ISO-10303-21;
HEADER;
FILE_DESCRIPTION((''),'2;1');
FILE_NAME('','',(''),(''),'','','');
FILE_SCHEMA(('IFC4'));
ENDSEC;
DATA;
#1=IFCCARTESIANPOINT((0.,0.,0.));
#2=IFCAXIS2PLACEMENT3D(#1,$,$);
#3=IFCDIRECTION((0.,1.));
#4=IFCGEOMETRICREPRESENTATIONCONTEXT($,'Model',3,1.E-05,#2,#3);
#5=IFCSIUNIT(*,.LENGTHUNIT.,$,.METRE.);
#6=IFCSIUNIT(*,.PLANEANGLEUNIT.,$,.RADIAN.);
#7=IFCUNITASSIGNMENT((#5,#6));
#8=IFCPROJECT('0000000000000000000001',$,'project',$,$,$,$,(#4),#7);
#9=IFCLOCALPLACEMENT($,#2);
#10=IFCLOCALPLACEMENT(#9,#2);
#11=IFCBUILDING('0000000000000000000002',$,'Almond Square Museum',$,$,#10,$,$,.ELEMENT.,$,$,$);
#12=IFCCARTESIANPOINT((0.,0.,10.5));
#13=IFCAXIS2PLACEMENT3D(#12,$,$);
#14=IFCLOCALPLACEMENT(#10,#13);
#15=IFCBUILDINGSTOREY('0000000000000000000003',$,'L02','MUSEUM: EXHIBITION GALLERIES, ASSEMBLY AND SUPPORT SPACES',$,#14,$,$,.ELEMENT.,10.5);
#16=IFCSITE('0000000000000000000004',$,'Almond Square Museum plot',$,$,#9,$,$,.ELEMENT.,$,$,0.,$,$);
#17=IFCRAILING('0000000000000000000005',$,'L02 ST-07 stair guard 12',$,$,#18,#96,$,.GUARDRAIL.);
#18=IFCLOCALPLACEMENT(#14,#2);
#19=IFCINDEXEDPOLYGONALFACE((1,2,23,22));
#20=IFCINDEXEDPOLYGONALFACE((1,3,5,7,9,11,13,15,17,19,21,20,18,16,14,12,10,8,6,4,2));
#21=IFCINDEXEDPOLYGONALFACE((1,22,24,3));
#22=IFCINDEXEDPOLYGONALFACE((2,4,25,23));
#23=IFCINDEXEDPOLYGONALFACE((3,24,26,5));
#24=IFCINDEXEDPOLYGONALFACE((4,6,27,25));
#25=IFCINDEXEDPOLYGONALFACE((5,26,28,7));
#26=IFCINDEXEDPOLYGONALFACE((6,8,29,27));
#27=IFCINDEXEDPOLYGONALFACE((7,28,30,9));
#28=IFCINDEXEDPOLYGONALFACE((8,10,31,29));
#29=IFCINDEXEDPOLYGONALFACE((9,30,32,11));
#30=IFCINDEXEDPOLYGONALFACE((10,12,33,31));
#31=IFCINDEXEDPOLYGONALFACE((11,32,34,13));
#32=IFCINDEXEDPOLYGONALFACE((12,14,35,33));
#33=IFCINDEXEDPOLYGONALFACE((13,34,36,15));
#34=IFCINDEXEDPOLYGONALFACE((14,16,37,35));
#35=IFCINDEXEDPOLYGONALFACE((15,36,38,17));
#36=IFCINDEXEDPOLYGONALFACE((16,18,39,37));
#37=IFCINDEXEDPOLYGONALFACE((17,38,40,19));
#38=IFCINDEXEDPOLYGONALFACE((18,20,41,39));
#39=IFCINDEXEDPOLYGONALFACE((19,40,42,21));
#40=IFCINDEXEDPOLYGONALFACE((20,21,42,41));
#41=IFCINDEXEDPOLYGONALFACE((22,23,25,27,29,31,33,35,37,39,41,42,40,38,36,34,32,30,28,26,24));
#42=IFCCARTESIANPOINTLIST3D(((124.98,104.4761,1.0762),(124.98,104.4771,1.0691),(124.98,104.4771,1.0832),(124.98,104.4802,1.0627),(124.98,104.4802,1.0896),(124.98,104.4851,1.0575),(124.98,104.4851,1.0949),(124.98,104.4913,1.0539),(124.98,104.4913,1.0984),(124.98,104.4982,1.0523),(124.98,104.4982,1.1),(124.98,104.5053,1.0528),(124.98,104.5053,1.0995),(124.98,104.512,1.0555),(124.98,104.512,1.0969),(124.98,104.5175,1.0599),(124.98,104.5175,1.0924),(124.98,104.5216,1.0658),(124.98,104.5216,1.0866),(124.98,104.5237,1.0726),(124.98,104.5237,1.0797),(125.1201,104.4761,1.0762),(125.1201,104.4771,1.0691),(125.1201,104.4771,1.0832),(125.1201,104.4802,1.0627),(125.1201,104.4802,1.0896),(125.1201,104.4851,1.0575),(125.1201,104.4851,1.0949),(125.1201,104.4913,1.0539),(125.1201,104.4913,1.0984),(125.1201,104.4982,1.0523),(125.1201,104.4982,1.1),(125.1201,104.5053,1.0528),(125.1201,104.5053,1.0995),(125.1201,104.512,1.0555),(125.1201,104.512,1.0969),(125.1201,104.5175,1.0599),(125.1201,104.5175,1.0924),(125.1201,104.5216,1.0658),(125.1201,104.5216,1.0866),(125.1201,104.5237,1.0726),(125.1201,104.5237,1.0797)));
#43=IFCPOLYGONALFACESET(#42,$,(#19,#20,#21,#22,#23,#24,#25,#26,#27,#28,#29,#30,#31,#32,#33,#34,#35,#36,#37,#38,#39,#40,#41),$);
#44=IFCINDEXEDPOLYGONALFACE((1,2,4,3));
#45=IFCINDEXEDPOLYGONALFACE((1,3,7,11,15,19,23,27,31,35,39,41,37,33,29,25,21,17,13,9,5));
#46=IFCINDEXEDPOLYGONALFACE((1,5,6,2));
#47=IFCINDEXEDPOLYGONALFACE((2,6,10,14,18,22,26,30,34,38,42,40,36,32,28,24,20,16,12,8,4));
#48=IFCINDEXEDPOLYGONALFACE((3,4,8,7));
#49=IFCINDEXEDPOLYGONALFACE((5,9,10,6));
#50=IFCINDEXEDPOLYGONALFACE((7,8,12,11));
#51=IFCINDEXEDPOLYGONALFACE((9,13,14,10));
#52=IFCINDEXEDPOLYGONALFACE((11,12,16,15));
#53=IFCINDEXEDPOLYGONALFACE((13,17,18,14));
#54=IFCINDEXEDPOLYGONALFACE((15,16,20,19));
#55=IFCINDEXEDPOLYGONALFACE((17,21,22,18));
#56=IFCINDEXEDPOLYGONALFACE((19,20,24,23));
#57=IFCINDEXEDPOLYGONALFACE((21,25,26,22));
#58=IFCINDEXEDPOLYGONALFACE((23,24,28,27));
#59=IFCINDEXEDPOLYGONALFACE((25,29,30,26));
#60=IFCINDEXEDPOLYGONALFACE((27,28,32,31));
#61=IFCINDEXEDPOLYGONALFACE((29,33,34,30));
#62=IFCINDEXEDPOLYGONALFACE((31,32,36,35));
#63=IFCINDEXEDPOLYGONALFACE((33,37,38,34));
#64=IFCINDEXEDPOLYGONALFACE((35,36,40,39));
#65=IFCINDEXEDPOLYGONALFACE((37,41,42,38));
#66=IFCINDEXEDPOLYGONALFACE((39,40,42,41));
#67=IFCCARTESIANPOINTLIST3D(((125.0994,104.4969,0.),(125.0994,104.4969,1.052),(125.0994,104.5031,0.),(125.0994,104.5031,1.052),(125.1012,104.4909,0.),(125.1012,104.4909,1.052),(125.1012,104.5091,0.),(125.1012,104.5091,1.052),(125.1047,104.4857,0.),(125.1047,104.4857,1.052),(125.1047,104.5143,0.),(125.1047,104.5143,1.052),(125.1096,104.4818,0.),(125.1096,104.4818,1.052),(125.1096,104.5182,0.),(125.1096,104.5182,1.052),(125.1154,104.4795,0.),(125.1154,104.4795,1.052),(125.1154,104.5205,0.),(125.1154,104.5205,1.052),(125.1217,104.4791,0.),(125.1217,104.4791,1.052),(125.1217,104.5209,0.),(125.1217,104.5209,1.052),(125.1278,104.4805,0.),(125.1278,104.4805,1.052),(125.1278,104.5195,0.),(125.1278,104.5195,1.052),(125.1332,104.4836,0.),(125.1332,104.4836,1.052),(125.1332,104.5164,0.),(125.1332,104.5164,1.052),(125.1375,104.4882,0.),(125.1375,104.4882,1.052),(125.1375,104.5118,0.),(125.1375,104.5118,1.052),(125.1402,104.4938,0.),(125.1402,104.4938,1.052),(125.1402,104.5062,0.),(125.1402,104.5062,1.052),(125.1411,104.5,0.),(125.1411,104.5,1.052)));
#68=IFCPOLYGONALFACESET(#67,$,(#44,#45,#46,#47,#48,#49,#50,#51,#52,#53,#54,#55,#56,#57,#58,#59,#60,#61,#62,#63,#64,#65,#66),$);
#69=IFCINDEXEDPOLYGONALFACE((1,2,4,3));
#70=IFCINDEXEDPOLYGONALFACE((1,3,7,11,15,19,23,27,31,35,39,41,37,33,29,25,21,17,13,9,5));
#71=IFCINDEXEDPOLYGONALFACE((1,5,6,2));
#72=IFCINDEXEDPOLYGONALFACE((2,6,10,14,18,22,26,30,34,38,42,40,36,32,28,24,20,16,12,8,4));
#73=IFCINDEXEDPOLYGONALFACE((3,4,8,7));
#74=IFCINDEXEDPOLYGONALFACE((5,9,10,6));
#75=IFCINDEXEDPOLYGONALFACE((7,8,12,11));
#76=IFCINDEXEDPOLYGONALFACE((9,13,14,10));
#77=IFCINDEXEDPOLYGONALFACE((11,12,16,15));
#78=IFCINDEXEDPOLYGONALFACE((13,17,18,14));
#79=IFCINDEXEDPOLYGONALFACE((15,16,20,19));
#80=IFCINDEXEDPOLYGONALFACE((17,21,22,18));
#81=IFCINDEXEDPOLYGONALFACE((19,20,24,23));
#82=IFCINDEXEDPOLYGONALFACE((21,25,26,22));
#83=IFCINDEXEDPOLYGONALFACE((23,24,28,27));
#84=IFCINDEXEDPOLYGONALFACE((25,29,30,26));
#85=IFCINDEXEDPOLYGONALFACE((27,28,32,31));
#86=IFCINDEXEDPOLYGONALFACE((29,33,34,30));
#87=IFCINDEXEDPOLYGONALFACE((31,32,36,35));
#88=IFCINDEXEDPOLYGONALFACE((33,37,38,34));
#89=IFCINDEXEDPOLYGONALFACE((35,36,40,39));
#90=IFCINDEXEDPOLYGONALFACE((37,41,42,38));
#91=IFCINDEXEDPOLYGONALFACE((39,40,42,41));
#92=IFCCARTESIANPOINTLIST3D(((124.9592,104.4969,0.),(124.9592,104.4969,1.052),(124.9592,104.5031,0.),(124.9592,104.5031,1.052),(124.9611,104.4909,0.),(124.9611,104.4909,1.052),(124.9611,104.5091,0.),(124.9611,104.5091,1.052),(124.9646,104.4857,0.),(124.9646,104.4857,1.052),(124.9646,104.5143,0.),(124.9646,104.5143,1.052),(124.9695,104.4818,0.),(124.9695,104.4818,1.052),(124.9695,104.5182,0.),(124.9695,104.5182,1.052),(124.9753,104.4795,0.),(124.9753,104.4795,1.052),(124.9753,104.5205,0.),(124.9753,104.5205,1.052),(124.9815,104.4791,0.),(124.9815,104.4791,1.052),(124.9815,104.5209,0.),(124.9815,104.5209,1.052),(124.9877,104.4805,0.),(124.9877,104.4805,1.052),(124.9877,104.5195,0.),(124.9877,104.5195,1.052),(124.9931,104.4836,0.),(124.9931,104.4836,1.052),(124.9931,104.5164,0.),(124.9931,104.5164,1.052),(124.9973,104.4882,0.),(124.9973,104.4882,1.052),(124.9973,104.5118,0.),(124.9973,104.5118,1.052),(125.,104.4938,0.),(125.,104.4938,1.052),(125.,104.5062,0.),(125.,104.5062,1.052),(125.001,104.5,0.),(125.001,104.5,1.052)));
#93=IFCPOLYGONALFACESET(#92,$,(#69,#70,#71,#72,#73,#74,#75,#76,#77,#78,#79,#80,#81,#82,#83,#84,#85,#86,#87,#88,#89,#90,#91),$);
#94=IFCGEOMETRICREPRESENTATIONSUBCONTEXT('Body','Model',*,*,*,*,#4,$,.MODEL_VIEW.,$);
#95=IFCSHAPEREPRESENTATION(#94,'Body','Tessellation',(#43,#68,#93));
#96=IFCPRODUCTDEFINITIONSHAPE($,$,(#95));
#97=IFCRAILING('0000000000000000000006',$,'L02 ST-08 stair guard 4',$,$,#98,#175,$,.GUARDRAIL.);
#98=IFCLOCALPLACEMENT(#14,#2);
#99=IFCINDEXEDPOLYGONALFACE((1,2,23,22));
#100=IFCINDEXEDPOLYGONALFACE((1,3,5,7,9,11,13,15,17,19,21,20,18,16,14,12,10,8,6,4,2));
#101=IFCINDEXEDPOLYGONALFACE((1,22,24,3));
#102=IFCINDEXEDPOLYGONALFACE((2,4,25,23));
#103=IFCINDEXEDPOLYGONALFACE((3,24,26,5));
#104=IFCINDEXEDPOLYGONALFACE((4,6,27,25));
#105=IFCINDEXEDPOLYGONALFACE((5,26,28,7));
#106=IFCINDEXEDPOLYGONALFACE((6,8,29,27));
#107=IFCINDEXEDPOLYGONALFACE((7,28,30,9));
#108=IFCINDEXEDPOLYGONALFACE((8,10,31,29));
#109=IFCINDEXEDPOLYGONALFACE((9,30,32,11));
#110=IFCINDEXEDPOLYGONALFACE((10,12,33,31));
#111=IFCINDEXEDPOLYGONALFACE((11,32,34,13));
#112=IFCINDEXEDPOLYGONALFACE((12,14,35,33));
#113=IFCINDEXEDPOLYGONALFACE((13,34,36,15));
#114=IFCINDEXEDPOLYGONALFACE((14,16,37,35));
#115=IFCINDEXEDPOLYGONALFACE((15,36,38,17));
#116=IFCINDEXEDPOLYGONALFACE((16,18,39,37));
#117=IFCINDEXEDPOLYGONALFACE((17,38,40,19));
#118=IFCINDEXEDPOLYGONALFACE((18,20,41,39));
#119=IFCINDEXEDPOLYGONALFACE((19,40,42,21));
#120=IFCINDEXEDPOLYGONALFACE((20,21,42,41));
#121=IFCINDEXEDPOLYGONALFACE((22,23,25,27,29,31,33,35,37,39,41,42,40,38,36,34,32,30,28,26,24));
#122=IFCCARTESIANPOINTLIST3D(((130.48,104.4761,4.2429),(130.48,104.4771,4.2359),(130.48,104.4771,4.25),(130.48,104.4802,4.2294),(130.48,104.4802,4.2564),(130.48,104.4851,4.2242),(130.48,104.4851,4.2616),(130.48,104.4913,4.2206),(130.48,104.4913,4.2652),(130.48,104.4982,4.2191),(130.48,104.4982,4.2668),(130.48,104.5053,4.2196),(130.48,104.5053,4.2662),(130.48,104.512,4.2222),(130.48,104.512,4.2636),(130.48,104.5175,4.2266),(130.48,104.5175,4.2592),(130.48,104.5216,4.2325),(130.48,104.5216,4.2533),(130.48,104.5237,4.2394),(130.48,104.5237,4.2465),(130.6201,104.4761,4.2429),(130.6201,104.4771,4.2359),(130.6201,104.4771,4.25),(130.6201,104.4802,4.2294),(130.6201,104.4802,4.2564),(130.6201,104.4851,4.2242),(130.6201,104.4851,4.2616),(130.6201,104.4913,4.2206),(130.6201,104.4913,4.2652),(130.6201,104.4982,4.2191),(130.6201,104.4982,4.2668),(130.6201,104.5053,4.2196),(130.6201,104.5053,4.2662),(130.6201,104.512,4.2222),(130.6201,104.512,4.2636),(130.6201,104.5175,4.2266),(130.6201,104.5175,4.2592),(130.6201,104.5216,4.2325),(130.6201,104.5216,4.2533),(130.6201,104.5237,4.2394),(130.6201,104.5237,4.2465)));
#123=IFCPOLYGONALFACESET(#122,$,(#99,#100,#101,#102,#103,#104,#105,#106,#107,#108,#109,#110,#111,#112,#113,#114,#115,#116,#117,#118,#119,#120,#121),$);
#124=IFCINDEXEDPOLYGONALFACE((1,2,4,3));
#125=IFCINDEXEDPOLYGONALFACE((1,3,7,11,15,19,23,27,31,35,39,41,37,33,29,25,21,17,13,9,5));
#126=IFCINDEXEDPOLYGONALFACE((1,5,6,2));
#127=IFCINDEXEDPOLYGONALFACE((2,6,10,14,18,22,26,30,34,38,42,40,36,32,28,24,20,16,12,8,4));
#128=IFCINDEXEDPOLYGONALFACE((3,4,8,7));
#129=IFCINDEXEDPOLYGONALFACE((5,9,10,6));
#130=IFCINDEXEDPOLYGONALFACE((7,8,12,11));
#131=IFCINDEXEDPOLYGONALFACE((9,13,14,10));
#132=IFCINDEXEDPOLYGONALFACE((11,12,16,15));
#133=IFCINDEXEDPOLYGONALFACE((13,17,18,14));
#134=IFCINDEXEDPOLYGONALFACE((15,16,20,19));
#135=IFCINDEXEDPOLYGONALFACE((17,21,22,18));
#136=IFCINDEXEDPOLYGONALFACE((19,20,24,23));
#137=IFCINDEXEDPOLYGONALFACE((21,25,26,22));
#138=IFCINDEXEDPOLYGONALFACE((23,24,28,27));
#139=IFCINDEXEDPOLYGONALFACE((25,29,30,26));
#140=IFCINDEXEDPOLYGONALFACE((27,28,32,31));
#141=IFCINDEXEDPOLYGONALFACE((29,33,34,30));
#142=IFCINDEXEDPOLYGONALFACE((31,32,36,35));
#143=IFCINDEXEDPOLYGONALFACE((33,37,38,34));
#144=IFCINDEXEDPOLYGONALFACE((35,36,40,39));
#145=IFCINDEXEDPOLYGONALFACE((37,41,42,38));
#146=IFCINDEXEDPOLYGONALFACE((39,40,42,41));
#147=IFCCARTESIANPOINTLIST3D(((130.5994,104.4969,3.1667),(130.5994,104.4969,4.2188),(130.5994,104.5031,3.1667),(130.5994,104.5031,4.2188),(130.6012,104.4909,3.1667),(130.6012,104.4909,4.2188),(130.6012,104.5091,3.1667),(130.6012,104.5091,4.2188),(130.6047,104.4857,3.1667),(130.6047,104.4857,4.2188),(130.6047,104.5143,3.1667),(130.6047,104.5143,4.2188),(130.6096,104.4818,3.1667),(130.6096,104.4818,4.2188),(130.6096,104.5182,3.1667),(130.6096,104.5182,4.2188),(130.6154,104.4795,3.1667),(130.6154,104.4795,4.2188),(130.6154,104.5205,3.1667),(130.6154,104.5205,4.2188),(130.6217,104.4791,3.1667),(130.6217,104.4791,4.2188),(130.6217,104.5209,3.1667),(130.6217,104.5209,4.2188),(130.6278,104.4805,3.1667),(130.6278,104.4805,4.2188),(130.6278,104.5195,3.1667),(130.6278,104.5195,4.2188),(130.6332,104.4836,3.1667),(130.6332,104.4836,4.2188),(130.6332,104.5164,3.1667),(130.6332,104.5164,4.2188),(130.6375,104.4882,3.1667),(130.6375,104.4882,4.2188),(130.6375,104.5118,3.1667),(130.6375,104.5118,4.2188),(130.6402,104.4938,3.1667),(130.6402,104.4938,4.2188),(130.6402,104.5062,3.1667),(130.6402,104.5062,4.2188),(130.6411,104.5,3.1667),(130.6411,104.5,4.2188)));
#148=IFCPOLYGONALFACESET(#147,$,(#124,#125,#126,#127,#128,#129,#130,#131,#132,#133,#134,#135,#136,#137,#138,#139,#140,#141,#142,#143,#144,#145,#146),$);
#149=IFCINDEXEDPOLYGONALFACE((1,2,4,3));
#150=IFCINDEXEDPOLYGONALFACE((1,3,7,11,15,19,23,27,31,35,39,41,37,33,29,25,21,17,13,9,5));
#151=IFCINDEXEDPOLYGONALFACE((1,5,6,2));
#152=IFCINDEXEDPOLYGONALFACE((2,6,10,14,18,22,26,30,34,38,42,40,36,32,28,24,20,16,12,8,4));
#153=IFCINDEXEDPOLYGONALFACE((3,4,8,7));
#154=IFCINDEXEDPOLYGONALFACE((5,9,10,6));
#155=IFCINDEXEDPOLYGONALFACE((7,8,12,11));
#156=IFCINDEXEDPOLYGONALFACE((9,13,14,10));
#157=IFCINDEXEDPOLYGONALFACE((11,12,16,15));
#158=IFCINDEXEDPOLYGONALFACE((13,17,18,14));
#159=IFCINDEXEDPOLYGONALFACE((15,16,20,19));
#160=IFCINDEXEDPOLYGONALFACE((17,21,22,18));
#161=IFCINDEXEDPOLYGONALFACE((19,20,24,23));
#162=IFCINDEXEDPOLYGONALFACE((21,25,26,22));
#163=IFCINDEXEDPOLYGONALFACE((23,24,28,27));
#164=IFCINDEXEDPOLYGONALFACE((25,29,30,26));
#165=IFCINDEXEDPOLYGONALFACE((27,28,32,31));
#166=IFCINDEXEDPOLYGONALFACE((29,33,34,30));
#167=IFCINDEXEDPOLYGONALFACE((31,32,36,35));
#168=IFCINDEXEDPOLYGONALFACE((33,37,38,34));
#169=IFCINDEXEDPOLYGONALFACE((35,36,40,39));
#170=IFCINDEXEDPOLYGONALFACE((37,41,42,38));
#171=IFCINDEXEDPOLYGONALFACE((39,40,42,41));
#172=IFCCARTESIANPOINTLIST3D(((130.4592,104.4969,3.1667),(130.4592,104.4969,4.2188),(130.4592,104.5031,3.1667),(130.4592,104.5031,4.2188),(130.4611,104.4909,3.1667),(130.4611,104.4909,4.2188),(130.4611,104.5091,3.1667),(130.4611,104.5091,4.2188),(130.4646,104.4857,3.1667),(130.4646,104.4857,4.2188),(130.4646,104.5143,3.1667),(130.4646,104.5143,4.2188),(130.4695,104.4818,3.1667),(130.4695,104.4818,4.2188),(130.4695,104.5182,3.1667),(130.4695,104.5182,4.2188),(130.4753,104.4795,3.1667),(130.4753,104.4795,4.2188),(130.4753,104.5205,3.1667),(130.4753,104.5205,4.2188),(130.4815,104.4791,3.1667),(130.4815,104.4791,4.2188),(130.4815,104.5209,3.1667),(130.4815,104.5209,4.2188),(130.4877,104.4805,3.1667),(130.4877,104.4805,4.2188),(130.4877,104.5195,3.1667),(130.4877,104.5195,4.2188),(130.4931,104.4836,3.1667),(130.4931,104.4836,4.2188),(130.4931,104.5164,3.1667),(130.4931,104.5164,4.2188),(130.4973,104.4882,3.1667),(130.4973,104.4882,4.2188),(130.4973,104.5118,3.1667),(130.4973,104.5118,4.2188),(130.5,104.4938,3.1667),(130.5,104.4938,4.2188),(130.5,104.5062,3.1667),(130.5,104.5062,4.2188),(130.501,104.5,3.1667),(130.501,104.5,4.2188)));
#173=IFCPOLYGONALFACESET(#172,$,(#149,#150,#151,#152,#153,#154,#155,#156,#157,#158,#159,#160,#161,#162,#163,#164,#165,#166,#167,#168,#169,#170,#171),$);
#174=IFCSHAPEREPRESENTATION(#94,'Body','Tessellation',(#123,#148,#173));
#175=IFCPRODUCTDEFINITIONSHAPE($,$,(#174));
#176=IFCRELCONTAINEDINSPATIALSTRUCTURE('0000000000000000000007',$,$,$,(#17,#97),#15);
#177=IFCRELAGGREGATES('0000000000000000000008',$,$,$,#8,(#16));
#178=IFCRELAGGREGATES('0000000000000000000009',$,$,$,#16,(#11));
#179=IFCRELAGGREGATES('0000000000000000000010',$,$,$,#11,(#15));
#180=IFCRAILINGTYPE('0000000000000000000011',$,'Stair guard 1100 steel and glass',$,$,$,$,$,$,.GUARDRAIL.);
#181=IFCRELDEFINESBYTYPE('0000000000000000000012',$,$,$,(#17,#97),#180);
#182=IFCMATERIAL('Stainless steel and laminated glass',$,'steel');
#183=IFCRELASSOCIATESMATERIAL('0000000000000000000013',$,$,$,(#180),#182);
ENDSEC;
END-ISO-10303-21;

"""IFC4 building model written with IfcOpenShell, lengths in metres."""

from ifc_helpers import new_model, si_unit, direction, frame, origin, origin_2d, place, context, subcontext, project, spatial, circle, extrude, material, type_object, element, save


model = new_model("IFC4")

# Units and contexts
model_context = context("Model", 3, precision=1e-05, world=origin(), true_north=direction((0.0, 1.0)))
body_context = subcontext(model_context, "Body", "Model", "MODEL_VIEW")
ifc_project = project(units=[si_unit("LENGTHUNIT", "METRE"), si_unit("PLANEANGLEUNIT", "RADIAN")], contexts=[model_context])

# Site, building, storey
site_placement = place(None, origin())
site = spatial("IfcSite", under=ifc_project, at=site_placement, Name="Almond Square Museum plot", CompositionType="ELEMENT", RefElevation=0.0)
building_placement = place(site_placement, origin())
building = spatial("IfcBuilding", under=site, at=building_placement, Name="Almond Square Museum", CompositionType="ELEMENT")
storey_placement = place(building_placement, frame((0.0, 0.0, 10.5)))
storey = spatial("IfcBuildingStorey", under=building, at=storey_placement, Name="L02", Description="MUSEUM: EXHIBITION GALLERIES, ASSEMBLY AND SUPPORT SPACES", CompositionType="ELEMENT", Elevation=10.5)

# Railings
ifc_material_1 = material(Name="Stainless steel and laminated glass", Category="steel")
railing_type_1 = type_object("IfcRailingType", Name="Stair guard 1100 steel and glass", PredefinedType="GUARDRAIL", material=ifc_material_1)
for number, where, name in (
    (1, (125.1201, 104.5, 0.0), "L02 ST-07 stair guard 12"),
    (2, (130.6201, 104.5, 3.1667), "L02 ST-08 stair guard 4"),
):
    element("IfcRailing", number, at=place(storey_placement, frame(where)), inside=storey, type_object=railing_type_1, Name=name, PredefinedType="GUARDRAIL", context=body_context, shape_type="SweptSolid", body=[
        extrude(circle(Radius=0.0239, at=origin_2d()), frame((0.0, 0.0, 1.0762), z_axis=(-1.0, 0.0, 0.0), x_axis=(0.0, -1.0, 0.0)), (0.0, 0.0, 1.0), 0.1401),
        extrude(circle(Radius=0.021, at=origin_2d()), origin(), (0.0, 0.0, 1.0), 1.052),
        extrude(circle(Radius=0.021, at=origin_2d()), frame((-0.1401, 0.0, 0.0)), (0.0, 0.0, 1.0), 1.052),
    ])

save(model, "model.ifc")
